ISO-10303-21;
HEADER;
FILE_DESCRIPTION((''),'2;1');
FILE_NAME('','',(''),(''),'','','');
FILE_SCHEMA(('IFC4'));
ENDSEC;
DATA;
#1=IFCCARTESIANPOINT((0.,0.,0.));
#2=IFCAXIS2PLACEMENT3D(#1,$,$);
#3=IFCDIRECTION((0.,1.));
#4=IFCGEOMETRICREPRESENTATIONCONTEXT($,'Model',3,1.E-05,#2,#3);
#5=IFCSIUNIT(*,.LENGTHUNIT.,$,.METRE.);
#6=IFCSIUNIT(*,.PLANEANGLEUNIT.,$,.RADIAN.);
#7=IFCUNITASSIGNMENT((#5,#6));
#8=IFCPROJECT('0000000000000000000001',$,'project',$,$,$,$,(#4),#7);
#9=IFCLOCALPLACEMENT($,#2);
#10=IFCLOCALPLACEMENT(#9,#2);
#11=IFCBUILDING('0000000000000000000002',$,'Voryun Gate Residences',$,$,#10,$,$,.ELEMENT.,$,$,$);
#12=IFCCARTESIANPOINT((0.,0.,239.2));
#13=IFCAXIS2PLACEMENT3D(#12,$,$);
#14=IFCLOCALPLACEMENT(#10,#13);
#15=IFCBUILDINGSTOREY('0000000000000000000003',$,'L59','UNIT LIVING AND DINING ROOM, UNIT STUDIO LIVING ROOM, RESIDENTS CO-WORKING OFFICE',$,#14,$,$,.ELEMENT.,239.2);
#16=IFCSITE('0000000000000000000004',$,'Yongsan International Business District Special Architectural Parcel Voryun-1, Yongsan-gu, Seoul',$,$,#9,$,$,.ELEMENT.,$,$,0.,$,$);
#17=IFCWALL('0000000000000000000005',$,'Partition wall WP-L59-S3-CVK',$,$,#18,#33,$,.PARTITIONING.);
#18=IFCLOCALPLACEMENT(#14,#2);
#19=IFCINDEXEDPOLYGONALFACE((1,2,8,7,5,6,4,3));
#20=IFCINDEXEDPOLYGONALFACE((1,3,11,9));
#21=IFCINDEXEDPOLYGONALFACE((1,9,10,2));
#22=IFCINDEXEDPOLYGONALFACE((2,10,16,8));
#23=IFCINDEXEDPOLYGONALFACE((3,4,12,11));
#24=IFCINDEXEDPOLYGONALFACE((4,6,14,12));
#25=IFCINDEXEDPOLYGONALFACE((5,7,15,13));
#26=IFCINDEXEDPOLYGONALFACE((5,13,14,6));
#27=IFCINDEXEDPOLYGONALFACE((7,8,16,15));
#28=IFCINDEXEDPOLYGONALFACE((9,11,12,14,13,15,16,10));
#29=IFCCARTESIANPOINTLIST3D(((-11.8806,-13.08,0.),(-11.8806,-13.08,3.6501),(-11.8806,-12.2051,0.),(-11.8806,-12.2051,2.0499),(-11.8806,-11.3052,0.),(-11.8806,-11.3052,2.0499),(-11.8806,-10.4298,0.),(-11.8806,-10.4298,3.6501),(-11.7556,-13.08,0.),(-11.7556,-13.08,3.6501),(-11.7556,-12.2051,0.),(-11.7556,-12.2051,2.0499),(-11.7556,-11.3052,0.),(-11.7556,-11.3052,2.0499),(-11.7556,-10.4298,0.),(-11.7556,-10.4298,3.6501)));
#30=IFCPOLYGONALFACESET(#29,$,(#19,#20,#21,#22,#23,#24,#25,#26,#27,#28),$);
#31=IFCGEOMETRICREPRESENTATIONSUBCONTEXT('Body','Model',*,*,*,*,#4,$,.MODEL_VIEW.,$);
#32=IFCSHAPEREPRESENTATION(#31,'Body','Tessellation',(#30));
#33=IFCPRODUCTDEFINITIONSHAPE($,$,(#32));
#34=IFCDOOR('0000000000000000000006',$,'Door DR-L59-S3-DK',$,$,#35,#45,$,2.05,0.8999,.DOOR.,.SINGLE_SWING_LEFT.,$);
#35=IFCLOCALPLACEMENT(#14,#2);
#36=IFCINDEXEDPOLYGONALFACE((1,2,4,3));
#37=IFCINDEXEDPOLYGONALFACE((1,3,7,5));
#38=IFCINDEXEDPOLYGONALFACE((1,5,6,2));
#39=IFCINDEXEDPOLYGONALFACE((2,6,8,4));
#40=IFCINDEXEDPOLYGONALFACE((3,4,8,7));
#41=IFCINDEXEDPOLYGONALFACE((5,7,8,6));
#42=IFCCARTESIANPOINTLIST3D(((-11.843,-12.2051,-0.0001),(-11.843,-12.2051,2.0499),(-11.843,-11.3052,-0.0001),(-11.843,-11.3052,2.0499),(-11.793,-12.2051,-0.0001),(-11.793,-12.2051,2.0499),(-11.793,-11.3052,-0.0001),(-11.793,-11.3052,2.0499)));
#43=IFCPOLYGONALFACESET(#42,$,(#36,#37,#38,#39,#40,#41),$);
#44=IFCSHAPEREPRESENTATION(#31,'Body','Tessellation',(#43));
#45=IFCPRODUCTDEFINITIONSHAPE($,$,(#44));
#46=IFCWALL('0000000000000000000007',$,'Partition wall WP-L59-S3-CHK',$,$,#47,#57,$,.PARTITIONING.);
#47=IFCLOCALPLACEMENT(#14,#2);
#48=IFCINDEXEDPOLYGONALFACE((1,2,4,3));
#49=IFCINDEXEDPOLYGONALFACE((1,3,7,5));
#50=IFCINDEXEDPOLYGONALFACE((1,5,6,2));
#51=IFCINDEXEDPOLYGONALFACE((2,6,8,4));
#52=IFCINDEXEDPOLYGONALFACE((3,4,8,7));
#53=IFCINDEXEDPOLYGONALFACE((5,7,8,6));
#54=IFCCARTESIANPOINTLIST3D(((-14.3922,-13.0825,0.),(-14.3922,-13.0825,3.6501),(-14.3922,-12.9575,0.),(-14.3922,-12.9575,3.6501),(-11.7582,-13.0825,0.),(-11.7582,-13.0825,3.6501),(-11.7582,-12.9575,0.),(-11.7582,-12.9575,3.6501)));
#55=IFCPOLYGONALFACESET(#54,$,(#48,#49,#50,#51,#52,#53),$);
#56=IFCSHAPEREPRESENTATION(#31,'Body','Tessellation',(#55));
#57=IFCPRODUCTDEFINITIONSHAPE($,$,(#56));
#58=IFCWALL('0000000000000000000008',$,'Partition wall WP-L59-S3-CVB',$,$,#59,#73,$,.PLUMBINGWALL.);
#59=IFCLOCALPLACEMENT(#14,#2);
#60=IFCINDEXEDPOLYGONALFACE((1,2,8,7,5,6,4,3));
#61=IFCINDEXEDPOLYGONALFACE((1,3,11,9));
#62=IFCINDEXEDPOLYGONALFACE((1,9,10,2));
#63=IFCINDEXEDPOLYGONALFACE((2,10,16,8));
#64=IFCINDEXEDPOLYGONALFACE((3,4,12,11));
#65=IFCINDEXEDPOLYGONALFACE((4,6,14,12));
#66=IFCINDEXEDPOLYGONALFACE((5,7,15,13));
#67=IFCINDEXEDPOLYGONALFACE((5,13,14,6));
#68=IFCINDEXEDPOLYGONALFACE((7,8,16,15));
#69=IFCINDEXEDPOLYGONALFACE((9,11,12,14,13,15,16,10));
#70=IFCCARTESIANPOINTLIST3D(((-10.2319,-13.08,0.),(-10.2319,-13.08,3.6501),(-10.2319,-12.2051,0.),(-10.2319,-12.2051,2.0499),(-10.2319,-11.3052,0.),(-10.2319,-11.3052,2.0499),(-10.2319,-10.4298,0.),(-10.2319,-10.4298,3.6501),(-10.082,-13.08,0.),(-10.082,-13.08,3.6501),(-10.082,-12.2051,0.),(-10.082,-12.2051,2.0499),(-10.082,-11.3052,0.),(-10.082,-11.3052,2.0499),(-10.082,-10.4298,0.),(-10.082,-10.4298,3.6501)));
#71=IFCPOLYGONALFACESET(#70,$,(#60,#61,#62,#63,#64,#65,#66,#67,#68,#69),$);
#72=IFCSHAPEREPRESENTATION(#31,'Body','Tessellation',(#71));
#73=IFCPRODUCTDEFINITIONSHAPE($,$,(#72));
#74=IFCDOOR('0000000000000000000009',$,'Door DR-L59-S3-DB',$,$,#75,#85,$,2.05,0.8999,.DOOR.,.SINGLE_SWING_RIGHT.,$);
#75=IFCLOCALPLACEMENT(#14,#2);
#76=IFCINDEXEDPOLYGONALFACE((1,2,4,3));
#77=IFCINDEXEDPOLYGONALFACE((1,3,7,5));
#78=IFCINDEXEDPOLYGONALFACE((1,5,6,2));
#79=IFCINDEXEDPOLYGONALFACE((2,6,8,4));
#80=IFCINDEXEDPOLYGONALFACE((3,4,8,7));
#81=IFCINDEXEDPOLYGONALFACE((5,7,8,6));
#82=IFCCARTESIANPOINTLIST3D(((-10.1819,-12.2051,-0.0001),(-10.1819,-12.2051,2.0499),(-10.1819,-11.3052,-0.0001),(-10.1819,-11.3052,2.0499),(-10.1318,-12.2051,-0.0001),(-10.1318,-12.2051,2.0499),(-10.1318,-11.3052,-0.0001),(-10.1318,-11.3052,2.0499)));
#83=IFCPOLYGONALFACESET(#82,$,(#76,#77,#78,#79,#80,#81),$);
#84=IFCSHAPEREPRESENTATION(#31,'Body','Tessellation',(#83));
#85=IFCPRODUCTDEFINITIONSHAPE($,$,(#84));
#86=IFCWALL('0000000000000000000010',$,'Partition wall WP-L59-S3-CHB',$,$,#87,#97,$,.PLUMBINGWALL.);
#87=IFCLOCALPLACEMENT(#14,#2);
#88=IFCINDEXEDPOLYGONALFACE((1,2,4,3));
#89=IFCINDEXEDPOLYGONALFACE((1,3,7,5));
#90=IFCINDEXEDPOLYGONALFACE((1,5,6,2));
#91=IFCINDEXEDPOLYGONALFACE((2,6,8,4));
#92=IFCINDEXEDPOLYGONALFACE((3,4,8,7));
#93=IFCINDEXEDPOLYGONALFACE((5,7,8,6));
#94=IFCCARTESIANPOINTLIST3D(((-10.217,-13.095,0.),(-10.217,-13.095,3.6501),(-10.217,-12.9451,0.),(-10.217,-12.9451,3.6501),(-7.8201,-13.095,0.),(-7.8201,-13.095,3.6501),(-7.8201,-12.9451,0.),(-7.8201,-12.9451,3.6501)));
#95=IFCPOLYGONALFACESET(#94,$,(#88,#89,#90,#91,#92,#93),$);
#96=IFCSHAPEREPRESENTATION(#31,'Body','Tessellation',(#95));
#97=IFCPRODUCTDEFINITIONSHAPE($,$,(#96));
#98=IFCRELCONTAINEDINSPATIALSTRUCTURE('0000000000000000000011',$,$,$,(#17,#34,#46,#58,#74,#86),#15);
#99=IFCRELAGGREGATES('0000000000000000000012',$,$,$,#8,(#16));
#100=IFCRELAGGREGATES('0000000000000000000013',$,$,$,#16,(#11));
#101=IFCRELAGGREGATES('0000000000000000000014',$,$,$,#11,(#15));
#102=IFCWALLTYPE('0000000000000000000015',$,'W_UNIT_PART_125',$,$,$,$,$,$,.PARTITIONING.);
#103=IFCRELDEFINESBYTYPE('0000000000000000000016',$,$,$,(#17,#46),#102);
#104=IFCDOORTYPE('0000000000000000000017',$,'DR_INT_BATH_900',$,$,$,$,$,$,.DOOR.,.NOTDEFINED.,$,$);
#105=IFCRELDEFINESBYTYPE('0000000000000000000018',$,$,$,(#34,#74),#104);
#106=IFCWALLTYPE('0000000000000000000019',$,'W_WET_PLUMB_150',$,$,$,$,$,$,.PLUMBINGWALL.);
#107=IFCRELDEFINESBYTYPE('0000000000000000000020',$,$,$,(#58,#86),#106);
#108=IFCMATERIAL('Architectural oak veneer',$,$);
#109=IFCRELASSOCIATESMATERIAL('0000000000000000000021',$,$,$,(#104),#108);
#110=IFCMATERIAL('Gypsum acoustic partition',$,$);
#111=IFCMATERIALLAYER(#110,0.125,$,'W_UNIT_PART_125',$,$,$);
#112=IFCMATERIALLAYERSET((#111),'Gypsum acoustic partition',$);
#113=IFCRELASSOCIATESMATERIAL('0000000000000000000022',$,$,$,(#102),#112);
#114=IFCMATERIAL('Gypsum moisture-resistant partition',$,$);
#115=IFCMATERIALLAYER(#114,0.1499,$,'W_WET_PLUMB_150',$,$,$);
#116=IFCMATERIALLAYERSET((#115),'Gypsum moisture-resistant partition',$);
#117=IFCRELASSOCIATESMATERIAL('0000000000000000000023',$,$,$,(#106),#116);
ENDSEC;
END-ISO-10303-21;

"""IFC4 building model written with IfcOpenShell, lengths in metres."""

from ifc_helpers import new_model, si_unit, direction, frame, frame_2d, origin, place, context, subcontext, project, spatial, rectangle, extrude, material, layer, layer_set, type_object, element, fill, save


model = new_model("IFC4")

# Units and contexts
model_context = context("Model", 3, precision=1e-05, world=origin(), true_north=direction((0.0, 1.0)))
body_context = subcontext(model_context, "Body", "Model", "MODEL_VIEW")
ifc_project = project(units=[si_unit("LENGTHUNIT", "METRE"), si_unit("PLANEANGLEUNIT", "RADIAN")], contexts=[model_context])

# Site, building, storey
site_placement = place(None, origin())
site = spatial("IfcSite", under=ifc_project, at=site_placement, Name="Yongsan International Business District Special Architectural Parcel Voryun-1, Yongsan-gu, Seoul", CompositionType="ELEMENT", RefElevation=0.0)
building_placement = place(site_placement, origin())
building = spatial("IfcBuilding", under=site, at=building_placement, Name="Voryun Gate Residences", CompositionType="ELEMENT")
storey_placement = place(building_placement, frame((0.0, 0.0, 239.2)))
storey = spatial("IfcBuildingStorey", under=building, at=storey_placement, Name="L59", Description="UNIT LIVING AND DINING ROOM, UNIT STUDIO LIVING ROOM, RESIDENTS CO-WORKING OFFICE", CompositionType="ELEMENT", Elevation=239.2)

# Shared definitions
ifc_material_1 = material(Name="Architectural oak veneer")
door_type_1 = type_object("IfcDoorType", Name="DR_INT_BATH_900", OperationType="NOTDEFINED", PredefinedType="DOOR", material=ifc_material_1)

# Wall, opening, door
ifc_material_2 = material(Name="Gypsum acoustic partition")
ifc_layer_1 = layer(ifc_material_2, 0.125, Name="W_UNIT_PART_125")
ifc_layer_set_1 = layer_set([ifc_layer_1], Name="Gypsum acoustic partition")
wall_type_1 = type_object("IfcWallType", Name="W_UNIT_PART_125", PredefinedType="PARTITIONING", material=ifc_layer_set_1)
wall_1_placement = place(storey_placement, frame((-11.8181, -13.0801, 0.0), z_axis=(0.0, 0.0, 1.0), x_axis=(0.0, 1.0, 0.0)))
wall_1 = element("IfcWall", 1, at=wall_1_placement, inside=storey, type_object=wall_type_1, Name="Partition wall WP-L59-S3-CVK", PredefinedType="PARTITIONING", context=body_context, shape_type="SweptSolid", body=[
    extrude(rectangle(XDim=2.6501, YDim=0.125, at=frame_2d((1.3252, 0.0))), origin(), (0.0, 0.0, 1.0), 3.6501),
])
opening_1_placement = place(wall_1_placement, frame((0.875, 0.0, 0.0)))
opening_1 = element("IfcOpeningElement", 2, at=opening_1_placement, cuts=wall_1, PredefinedType="OPENING", context=body_context, shape_type="SweptSolid", body=[
    extrude(rectangle(XDim=0.8999, YDim=2.05, at=frame_2d((0.45, 1.0249))), frame((0.0, 0.0725, 0.0), z_axis=(0.0, -1.0, 0.0), x_axis=(1.0, 0.0, 0.0)), (0.0, 0.0, 1.0), 0.145),
])
door_1_placement = place(opening_1_placement, origin())
door_1 = element("IfcDoor", 3, at=door_1_placement, inside=storey, type_object=door_type_1, Name="Door DR-L59-S3-DK", OperationType="SINGLE_SWING_LEFT", OverallHeight=2.05, OverallWidth=0.8999, PredefinedType="DOOR", context=body_context, shape_type="SweptSolid", body=[
    extrude(rectangle(XDim=0.8999, YDim=2.05, at=frame_2d((0.45, 1.0249))), frame((0.0, 0.0249, 0.0), z_axis=(0.0, -1.0, 0.0), x_axis=(1.0, 0.0, 0.0)), (0.0, 0.0, 1.0), 0.05),
])
fill(opening_1, door_1)

# Wall
wall_2_placement = place(storey_placement, frame((-14.3921, -13.02, 0.0), z_axis=(0.0, 0.0, 1.0), x_axis=(1.0, 0.0, 0.0)))
element("IfcWall", 4, at=wall_2_placement, inside=storey, type_object=wall_type_1, Name="Partition wall WP-L59-S3-CHK", PredefinedType="PARTITIONING", context=body_context, shape_type="SweptSolid", body=[
    extrude(rectangle(XDim=2.634, YDim=0.125, at=frame_2d((1.3169, 0.0))), origin(), (0.0, 0.0, 1.0), 3.6501),
])

# Wall, opening, door
ifc_material_3 = material(Name="Gypsum moisture-resistant partition")
ifc_layer_2 = layer(ifc_material_3, 0.1499, Name="W_WET_PLUMB_150")
ifc_layer_set_2 = layer_set([ifc_layer_2], Name="Gypsum moisture-resistant partition")
wall_type_2 = type_object("IfcWallType", Name="W_WET_PLUMB_150", PredefinedType="PLUMBINGWALL", material=ifc_layer_set_2)
wall_3_placement = place(storey_placement, frame((-10.157, -13.0801, 0.0), z_axis=(0.0, 0.0, 1.0), x_axis=(0.0, 1.0, 0.0)))
wall_3 = element("IfcWall", 5, at=wall_3_placement, inside=storey, type_object=wall_type_2, Name="Partition wall WP-L59-S3-CVB", PredefinedType="PLUMBINGWALL", context=body_context, shape_type="SweptSolid", body=[
    extrude(rectangle(XDim=2.6501, YDim=0.1499, at=frame_2d((1.3252, 0.0))), origin(), (0.0, 0.0, 1.0), 3.6501),
])
opening_2_placement = place(wall_3_placement, frame((0.875, 0.0, 0.0)))
opening_2 = element("IfcOpeningElement", 6, at=opening_2_placement, cuts=wall_3, PredefinedType="OPENING", context=body_context, shape_type="SweptSolid", body=[
    extrude(rectangle(XDim=0.8999, YDim=2.05, at=frame_2d((0.45, 1.0249))), frame((0.0, 0.085, 0.0), z_axis=(0.0, -1.0, 0.0), x_axis=(1.0, 0.0, 0.0)), (0.0, 0.0, 1.0), 0.1699),
])
door_2_placement = place(opening_2_placement, origin())
door_2 = element("IfcDoor", 7, at=door_2_placement, inside=storey, type_object=door_type_1, Name="Door DR-L59-S3-DB", OperationType="SINGLE_SWING_RIGHT", OverallHeight=2.05, OverallWidth=0.8999, PredefinedType="DOOR", context=body_context, shape_type="SweptSolid", body=[
    extrude(rectangle(XDim=0.8999, YDim=2.05, at=frame_2d((0.45, 1.0249))), frame((0.0, 0.0249, 0.0), z_axis=(0.0, -1.0, 0.0), x_axis=(1.0, 0.0, 0.0)), (0.0, 0.0, 1.0), 0.05),
])
fill(opening_2, door_2)

# Wall
wall_4_placement = place(storey_placement, frame((-10.217, -13.02, 0.0), z_axis=(0.0, 0.0, 1.0), x_axis=(1.0, 0.0, 0.0)))
element("IfcWall", 8, at=wall_4_placement, inside=storey, type_object=wall_type_2, Name="Partition wall WP-L59-S3-CHB", PredefinedType="PLUMBINGWALL", context=body_context, shape_type="SweptSolid", body=[
    extrude(rectangle(XDim=2.397, YDim=0.1499, at=frame_2d((1.1985, 0.0))), origin(), (0.0, 0.0, 1.0), 3.6501),
])

save(model, "model.ifc")
